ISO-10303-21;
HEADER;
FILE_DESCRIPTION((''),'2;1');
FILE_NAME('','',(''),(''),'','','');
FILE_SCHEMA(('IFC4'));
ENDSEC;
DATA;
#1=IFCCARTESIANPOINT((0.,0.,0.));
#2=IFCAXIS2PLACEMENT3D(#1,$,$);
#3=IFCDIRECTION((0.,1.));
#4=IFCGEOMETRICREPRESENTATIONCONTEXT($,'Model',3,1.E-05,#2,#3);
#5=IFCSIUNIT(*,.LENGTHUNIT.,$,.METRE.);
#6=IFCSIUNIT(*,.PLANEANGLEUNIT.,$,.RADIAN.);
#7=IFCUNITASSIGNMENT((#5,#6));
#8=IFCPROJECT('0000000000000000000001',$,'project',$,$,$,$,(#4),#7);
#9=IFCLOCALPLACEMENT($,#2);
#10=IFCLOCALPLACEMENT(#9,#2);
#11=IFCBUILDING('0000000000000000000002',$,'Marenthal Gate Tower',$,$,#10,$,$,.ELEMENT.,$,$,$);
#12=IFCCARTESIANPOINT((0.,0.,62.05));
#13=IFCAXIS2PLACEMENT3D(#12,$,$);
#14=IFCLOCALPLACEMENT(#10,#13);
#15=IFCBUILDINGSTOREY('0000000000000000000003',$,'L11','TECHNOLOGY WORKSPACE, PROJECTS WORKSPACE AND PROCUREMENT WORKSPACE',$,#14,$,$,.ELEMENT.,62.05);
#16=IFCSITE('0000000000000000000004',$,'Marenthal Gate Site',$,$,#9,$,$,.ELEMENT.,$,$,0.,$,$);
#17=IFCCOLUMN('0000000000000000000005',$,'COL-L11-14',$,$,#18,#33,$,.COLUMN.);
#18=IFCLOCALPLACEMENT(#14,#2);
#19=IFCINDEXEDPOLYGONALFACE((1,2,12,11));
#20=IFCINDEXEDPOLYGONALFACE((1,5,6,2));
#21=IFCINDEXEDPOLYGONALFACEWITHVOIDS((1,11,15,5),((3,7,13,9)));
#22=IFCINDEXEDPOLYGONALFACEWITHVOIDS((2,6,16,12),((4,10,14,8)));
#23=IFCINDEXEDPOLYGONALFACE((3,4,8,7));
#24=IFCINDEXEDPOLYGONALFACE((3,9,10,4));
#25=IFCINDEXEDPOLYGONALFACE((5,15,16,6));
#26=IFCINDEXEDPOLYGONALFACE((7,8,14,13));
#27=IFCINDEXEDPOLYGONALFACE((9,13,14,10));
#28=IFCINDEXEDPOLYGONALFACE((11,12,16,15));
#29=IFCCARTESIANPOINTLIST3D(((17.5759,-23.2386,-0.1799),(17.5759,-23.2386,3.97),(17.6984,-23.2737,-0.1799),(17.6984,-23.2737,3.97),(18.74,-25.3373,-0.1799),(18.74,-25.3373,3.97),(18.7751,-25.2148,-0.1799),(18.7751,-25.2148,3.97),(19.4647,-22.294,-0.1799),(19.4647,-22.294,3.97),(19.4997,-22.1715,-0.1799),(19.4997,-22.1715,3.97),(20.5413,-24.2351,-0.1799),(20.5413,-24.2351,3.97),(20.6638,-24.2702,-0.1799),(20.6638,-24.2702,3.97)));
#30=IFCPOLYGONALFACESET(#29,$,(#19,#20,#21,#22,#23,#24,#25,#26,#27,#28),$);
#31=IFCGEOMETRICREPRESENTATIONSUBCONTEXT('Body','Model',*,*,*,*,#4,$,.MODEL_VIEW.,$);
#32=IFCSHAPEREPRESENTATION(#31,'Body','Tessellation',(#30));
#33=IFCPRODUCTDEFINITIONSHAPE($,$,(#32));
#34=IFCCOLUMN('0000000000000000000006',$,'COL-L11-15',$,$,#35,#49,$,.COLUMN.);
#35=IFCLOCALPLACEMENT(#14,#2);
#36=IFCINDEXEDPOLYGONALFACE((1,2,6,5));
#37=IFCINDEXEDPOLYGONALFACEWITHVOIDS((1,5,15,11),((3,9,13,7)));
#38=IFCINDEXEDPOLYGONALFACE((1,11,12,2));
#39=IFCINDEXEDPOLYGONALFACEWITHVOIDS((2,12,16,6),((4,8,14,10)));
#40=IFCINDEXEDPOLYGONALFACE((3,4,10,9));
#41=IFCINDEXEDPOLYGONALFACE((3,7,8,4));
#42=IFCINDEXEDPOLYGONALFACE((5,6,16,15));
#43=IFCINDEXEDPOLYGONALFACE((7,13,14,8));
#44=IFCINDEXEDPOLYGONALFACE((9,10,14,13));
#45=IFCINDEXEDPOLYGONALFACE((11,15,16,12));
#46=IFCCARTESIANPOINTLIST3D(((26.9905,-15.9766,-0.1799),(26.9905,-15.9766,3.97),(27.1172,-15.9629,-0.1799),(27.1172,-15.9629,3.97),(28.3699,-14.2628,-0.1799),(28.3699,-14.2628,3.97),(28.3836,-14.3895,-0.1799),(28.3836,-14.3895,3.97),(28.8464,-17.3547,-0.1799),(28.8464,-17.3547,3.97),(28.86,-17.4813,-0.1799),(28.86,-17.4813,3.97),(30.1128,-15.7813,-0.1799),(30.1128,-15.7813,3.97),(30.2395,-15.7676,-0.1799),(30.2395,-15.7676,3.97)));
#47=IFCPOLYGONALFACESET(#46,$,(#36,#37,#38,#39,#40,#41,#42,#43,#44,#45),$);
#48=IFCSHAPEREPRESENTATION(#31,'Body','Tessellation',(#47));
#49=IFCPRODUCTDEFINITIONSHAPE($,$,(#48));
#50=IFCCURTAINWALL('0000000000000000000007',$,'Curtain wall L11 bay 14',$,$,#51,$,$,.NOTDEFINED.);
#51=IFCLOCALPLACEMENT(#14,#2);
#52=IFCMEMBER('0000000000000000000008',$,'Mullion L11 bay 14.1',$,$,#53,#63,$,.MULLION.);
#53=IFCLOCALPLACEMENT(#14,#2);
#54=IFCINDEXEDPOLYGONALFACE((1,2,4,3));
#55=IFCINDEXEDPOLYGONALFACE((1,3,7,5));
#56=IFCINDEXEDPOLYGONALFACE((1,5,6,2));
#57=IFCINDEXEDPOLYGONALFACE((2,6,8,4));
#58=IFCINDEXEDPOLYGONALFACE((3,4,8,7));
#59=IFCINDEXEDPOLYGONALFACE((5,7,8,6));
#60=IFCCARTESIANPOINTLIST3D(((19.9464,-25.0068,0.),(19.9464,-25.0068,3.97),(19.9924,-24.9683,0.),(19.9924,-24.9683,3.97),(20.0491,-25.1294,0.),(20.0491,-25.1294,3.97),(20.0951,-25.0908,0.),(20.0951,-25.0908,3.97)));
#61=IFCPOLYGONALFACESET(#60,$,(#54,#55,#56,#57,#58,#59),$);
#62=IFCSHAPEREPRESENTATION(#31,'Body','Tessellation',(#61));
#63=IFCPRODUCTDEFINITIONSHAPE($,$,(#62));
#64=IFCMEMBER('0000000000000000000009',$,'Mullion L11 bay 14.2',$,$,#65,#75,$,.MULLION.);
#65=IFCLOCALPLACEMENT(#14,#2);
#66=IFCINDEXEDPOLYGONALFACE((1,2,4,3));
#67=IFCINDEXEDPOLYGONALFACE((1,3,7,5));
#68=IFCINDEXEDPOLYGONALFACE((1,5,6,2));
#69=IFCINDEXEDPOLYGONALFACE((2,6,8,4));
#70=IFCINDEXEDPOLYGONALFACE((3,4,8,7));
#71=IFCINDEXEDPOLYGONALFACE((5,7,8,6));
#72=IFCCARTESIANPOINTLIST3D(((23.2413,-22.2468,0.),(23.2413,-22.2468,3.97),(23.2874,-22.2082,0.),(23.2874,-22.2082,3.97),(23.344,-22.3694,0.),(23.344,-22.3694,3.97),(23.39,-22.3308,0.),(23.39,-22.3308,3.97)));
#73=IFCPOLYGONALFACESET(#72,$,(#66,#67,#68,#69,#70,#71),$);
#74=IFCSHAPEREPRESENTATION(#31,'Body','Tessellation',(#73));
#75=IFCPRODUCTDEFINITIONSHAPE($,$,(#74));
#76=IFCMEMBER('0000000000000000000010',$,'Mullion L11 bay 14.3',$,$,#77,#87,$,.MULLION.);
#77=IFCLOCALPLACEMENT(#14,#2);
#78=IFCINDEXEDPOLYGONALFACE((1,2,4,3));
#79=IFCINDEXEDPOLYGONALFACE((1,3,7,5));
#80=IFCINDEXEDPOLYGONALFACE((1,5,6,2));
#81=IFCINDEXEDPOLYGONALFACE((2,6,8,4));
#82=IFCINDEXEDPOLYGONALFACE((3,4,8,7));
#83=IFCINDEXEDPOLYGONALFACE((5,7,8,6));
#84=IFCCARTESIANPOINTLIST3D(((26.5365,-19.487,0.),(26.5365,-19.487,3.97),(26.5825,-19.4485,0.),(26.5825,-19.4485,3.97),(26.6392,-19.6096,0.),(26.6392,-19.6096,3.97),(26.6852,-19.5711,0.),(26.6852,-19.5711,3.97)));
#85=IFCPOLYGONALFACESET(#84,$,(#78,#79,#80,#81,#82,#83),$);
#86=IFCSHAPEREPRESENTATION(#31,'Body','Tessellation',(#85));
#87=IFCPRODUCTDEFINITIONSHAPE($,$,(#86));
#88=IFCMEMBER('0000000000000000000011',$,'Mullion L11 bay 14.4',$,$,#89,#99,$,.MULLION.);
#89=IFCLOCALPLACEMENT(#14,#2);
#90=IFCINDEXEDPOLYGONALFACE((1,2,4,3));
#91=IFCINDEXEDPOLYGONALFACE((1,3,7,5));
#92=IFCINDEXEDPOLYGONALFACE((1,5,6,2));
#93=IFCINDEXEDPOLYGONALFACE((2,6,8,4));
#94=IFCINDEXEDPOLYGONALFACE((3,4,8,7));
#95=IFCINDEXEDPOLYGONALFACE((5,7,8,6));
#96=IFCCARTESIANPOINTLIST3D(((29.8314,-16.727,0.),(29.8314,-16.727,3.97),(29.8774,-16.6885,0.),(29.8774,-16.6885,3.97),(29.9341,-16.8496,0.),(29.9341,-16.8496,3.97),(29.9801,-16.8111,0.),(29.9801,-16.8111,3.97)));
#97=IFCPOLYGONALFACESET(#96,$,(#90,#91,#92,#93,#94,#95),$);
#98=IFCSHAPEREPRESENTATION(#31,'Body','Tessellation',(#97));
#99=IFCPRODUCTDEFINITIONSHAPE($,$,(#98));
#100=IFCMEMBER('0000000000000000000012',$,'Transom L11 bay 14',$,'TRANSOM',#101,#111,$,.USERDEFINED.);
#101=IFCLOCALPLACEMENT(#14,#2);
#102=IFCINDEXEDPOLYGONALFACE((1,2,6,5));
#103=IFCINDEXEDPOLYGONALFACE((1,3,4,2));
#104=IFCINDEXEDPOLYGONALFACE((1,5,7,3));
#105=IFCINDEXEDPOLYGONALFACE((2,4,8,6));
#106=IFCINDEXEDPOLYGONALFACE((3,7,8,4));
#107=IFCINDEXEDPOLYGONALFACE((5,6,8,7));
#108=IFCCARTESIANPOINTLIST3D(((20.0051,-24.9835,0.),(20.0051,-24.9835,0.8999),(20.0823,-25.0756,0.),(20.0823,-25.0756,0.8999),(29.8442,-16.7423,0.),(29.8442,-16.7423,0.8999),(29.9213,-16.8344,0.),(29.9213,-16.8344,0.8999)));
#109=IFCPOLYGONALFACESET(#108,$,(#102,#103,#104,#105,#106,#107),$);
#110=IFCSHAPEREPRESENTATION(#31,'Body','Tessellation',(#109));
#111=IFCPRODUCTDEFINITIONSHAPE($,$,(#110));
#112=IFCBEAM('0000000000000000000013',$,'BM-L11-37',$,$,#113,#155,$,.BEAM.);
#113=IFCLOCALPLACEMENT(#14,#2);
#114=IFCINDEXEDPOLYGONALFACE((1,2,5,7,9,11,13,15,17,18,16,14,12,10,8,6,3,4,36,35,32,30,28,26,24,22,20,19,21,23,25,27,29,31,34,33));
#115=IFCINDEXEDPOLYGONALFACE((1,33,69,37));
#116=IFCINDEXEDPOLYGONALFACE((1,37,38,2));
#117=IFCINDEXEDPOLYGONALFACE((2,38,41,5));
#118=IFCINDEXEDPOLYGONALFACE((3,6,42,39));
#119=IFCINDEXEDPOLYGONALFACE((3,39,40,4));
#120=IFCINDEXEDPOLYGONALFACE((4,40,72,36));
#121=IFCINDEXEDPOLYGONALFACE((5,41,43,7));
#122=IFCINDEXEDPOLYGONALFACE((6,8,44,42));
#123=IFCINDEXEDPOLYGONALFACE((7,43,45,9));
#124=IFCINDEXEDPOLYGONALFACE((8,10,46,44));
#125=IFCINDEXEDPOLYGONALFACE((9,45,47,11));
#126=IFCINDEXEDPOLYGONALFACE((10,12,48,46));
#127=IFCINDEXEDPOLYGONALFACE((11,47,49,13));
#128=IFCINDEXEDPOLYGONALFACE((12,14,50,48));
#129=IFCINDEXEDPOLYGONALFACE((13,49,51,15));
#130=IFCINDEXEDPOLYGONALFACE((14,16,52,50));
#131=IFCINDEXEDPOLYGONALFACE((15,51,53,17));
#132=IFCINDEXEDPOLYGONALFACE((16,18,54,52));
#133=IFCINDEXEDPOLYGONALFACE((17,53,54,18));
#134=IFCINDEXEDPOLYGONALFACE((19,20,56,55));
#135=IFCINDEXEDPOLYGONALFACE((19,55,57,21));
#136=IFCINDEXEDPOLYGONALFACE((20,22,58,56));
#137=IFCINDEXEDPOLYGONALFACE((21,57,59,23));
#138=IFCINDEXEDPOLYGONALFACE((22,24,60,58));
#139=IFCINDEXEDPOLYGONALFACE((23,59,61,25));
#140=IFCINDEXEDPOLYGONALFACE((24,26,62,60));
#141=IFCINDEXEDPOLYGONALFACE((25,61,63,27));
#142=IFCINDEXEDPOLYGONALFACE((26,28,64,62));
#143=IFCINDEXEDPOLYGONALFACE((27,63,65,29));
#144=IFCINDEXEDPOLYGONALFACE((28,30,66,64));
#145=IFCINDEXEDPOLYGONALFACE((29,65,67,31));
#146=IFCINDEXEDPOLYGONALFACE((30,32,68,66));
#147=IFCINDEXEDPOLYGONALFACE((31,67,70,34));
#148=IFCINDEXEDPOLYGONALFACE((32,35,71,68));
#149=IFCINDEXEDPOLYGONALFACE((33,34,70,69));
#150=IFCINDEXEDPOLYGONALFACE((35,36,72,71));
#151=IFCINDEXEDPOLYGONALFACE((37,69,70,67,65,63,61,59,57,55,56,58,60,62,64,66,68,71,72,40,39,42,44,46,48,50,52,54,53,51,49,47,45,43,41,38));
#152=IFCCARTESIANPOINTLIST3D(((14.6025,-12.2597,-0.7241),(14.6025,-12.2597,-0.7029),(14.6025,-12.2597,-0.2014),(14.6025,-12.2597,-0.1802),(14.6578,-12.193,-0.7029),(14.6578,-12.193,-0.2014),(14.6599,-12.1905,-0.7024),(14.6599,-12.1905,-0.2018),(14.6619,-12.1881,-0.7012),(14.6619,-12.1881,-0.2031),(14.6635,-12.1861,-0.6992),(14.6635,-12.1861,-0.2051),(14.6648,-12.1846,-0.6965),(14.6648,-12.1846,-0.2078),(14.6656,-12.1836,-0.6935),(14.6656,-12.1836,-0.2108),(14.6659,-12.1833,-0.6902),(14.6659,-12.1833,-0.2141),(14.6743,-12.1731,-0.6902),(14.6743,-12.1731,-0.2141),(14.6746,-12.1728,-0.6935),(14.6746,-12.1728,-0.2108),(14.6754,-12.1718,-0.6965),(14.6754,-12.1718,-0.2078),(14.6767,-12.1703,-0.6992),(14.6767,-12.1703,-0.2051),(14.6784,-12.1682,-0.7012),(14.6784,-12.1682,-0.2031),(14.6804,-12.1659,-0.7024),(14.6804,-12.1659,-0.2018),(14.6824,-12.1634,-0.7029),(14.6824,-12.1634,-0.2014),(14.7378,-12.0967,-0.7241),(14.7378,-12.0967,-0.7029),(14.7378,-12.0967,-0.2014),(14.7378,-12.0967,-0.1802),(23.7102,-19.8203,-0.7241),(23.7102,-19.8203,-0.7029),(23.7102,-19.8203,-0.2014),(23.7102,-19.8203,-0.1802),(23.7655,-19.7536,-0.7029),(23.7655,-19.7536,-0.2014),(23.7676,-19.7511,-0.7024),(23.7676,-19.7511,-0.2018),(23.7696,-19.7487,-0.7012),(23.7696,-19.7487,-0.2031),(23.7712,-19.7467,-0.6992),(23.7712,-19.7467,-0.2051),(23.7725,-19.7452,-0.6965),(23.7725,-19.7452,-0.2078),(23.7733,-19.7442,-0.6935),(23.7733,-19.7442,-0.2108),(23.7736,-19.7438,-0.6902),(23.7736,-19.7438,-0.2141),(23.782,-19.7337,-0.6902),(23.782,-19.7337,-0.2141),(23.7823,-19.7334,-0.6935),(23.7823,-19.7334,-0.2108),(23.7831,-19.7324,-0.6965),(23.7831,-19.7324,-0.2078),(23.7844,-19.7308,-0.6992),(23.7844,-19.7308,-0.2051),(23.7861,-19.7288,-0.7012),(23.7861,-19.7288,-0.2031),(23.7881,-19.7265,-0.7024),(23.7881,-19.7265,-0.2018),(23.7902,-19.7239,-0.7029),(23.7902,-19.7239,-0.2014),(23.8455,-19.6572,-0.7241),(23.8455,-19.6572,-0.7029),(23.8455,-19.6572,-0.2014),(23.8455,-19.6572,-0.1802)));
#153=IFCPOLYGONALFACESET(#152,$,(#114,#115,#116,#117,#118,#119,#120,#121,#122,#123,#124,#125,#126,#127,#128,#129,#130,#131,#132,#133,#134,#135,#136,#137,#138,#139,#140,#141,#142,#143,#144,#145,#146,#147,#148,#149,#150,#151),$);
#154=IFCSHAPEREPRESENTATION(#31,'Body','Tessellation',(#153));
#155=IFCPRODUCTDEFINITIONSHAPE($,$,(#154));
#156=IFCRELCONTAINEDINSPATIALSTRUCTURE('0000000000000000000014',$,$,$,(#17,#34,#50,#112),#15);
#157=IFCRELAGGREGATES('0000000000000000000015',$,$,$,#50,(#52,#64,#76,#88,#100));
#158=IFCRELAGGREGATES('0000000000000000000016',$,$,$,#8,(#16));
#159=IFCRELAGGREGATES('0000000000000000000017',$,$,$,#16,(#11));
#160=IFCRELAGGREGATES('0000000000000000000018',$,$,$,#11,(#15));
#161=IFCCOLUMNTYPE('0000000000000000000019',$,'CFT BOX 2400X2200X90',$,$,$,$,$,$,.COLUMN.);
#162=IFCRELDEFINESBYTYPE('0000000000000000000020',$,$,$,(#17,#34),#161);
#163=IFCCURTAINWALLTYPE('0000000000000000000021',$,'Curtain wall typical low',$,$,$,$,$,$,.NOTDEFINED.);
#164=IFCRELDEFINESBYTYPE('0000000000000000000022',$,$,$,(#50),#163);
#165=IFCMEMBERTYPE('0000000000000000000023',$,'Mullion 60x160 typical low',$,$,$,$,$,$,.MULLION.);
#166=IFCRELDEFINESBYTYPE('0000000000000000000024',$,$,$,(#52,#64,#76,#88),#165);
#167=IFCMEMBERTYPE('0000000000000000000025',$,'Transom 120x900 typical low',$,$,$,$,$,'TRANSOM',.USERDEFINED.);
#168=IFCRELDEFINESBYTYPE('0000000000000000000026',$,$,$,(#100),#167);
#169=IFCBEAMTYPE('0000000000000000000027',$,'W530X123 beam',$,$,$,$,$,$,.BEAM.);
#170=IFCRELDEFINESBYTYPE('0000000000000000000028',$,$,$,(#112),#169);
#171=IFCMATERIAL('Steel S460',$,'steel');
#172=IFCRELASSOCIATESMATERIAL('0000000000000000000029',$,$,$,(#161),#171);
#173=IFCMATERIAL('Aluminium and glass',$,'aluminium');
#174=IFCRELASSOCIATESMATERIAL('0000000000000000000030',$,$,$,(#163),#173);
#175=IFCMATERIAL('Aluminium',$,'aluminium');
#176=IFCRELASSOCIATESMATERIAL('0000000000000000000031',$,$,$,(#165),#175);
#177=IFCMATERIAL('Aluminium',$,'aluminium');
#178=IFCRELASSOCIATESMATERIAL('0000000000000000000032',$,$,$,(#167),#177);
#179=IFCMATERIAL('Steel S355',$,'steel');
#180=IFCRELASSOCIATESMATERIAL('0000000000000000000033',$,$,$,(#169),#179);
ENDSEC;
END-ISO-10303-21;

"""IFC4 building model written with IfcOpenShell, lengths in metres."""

from ifc_helpers import new_model, si_unit, direction, frame, origin, origin_2d, place, context, subcontext, project, spatial, rectangle, hollow_rectangle, i_section, extrude, material, material_profile, profile_set, type_object, element, aggregate, save


model = new_model("IFC4")

# Units and contexts
model_context = context("Model", 3, precision=1e-05, world=origin(), true_north=direction((0.0, 1.0)))
body_context = subcontext(model_context, "Body", "Model", "MODEL_VIEW")
ifc_project = project(units=[si_unit("LENGTHUNIT", "METRE"), si_unit("PLANEANGLEUNIT", "RADIAN")], contexts=[model_context])

# Site, building, storey
site_placement = place(None, origin())
site = spatial("IfcSite", under=ifc_project, at=site_placement, Name="Marenthal Gate Site", CompositionType="ELEMENT", RefElevation=0.0)
building_placement = place(site_placement, origin())
building = spatial("IfcBuilding", under=site, at=building_placement, Name="Marenthal Gate Tower", CompositionType="ELEMENT")
storey_placement = place(building_placement, frame((0.0, 0.0, 62.05)))
storey = spatial("IfcBuildingStorey", under=building, at=storey_placement, Name="L11", Description="TECHNOLOGY WORKSPACE, PROJECTS WORKSPACE AND PROCUREMENT WORKSPACE", CompositionType="ELEMENT", Elevation=62.05)

# Columns
ifc_material_1 = material(Name="Steel S460", Category="steel")
ifc_material_profile_1 = material_profile(ifc_material_1, hollow_rectangle(XDim=2.2, YDim=2.3999, WallThickness=0.0901, at=origin_2d()), Name="CFT BOX 2400X2200X90")
ifc_material_2 = material(Name="Concrete 70 MPa", Category="concrete")
ifc_material_profile_2 = material_profile(ifc_material_2, rectangle(XDim=2.02, YDim=2.22, at=origin_2d()), Name="CFT BOX 2400X2200X90 INFILL")
ifc_profile_set_1 = profile_set([ifc_material_profile_1, ifc_material_profile_2], Name="Steel S460 shell, Concrete 70 MPa infill")
column_type = type_object("IfcColumnType", Name="CFT BOX 2400X2200X90", PredefinedType="COLUMN", material=ifc_profile_set_1)
for number, where, z_axis, x_axis, name in (
    (1, (19.1199, -23.7544, -0.1799), (0.0, 0.0, 1.0), (-0.874483, -0.485055, 0.0), "COL-L11-14"),
    (2, (28.615, -15.8721, -0.1799), (0.0, 0.0, 1.0), (-0.627023, -0.779001, 0.0), "COL-L11-15"),
):
    element("IfcColumn", number, at=place(storey_placement, frame(where, z_axis=z_axis, x_axis=x_axis)), inside=storey, type_object=column_type, Name=name, PredefinedType="COLUMN", context=body_context, shape_type="SweptSolid", body=[
        extrude(hollow_rectangle(XDim=2.2, YDim=2.3999, WallThickness=0.0901, at=origin_2d()), origin(), (0.0, 0.0, 1.0), 4.1499),
    ])

# Curtain wall, members
ifc_material_3 = material(Name="Aluminium and glass", Category="aluminium")
curtain_wall_type = type_object("IfcCurtainWallType", Name="Curtain wall typical low", PredefinedType="NOTDEFINED", material=ifc_material_3)
curtain_wall_placement = place(storey_placement, origin())
curtain_wall = element("IfcCurtainWall", 3, at=curtain_wall_placement, inside=storey, type_object=curtain_wall_type, Name="Curtain wall L11 bay 14", PredefinedType="NOTDEFINED")
ifc_material_4 = material(Name="Aluminium", Category="aluminium")
ifc_material_profile_3 = material_profile(ifc_material_4, rectangle(XDim=0.1599, YDim=0.0601, at=origin_2d()), Name="60x160 aluminium mullion")
ifc_profile_set_2 = profile_set([ifc_material_profile_3], Name="Aluminium")
member_type_1 = type_object("IfcMemberType", Name="Mullion 60x160 typical low", PredefinedType="MULLION", material=ifc_profile_set_2)
member_1_placement = place(storey_placement, frame((20.0208, -25.0488, 0.0), z_axis=(0.0, 0.0, 1.0), x_axis=(-0.642112, 0.766611, 0.0)))
member_1 = element("IfcMember", 4, at=member_1_placement, type_object=member_type_1, Name="Mullion L11 bay 14.1", PredefinedType="MULLION", context=body_context, shape_type="SweptSolid", body=[
    extrude(rectangle(XDim=0.1599, YDim=0.0601, at=origin_2d()), origin(), (0.0, 0.0, 1.0), 3.97),
])
member_2_placement = place(storey_placement, frame((23.3157, -22.2888, 0.0), z_axis=(0.0, 0.0, 1.0), x_axis=(-0.642112, 0.766611, 0.0)))
member_2 = element("IfcMember", 5, at=member_2_placement, type_object=member_type_1, Name="Mullion L11 bay 14.2", PredefinedType="MULLION", context=body_context, shape_type="SweptSolid", body=[
    extrude(rectangle(XDim=0.1599, YDim=0.0601, at=origin_2d()), origin(), (0.0, 0.0, 1.0), 3.97),
])
member_3_placement = place(storey_placement, frame((26.6108, -19.5291, 0.0), z_axis=(0.0, 0.0, 1.0), x_axis=(-0.642112, 0.766611, 0.0)))
member_3 = element("IfcMember", 6, at=member_3_placement, type_object=member_type_1, Name="Mullion L11 bay 14.3", PredefinedType="MULLION", context=body_context, shape_type="SweptSolid", body=[
    extrude(rectangle(XDim=0.1599, YDim=0.0601, at=origin_2d()), origin(), (0.0, 0.0, 1.0), 3.97),
])
member_4_placement = place(storey_placement, frame((29.9058, -16.769, 0.0), z_axis=(0.0, 0.0, 1.0), x_axis=(-0.642112, 0.766611, 0.0)))
member_4 = element("IfcMember", 7, at=member_4_placement, type_object=member_type_1, Name="Mullion L11 bay 14.4", PredefinedType="MULLION", context=body_context, shape_type="SweptSolid", body=[
    extrude(rectangle(XDim=0.1599, YDim=0.0601, at=origin_2d()), origin(), (0.0, 0.0, 1.0), 3.97),
])
ifc_material_5 = material(Name="Aluminium", Category="aluminium")
ifc_material_profile_4 = material_profile(ifc_material_5, rectangle(XDim=0.1201, YDim=0.8999, at=origin_2d()), Name="120x900 aluminium transom")
ifc_profile_set_3 = profile_set([ifc_material_profile_4], Name="Aluminium")
member_type_2 = type_object("IfcMemberType", Name="Transom 120x900 typical low", ElementType="TRANSOM", PredefinedType="USERDEFINED", material=ifc_profile_set_3)
member_5_placement = place(storey_placement, frame((20.0437, -25.0295, 0.45), z_axis=(0.766611, 0.642111, 0.0), x_axis=(-0.642111, 0.766611, 0.0)))
member_5 = element("IfcMember", 8, at=member_5_placement, type_object=member_type_2, Name="Transom L11 bay 14", ObjectType="TRANSOM", PredefinedType="USERDEFINED", context=body_context, shape_type="SweptSolid", body=[
    extrude(rectangle(XDim=0.1201, YDim=0.8999, at=origin_2d()), origin(), (0.0, 0.0, 1.0), 12.8345),
])

# Beam
ifc_material_6 = material(Name="Steel S355", Category="steel")
ifc_material_profile_5 = material_profile(ifc_material_6, i_section(OverallWidth=0.2119, OverallDepth=0.5439, WebThickness=0.0132, FlangeThickness=0.0212, FilletRadius=0.0127, at=origin_2d()), Name="W530X123")
ifc_profile_set_4 = profile_set([ifc_material_profile_5], Name="Steel S355")
beam_type_1 = type_object("IfcBeamType", Name="W530X123 beam", PredefinedType="BEAM", material=ifc_profile_set_4)
beam_1_placement = place(storey_placement, frame((23.7778, -19.7388, -0.4521), z_axis=(-0.769432, 0.638729, 0.0), x_axis=(-0.638729, -0.769432, 0.0)))
element("IfcBeam", 9, at=beam_1_placement, inside=storey, type_object=beam_type_1, Name="BM-L11-37", PredefinedType="BEAM", context=body_context, shape_type="SweptSolid", body=[
    extrude(i_section(OverallWidth=0.2119, OverallDepth=0.5439, WebThickness=0.0132, FlangeThickness=0.0212, FilletRadius=0.0127, at=origin_2d()), origin(), (0.0, 0.0, 1.0), 11.8369),
])

aggregate(curtain_wall, [member_1, member_2, member_3, member_4, member_5])

save(model, "model.ifc")
